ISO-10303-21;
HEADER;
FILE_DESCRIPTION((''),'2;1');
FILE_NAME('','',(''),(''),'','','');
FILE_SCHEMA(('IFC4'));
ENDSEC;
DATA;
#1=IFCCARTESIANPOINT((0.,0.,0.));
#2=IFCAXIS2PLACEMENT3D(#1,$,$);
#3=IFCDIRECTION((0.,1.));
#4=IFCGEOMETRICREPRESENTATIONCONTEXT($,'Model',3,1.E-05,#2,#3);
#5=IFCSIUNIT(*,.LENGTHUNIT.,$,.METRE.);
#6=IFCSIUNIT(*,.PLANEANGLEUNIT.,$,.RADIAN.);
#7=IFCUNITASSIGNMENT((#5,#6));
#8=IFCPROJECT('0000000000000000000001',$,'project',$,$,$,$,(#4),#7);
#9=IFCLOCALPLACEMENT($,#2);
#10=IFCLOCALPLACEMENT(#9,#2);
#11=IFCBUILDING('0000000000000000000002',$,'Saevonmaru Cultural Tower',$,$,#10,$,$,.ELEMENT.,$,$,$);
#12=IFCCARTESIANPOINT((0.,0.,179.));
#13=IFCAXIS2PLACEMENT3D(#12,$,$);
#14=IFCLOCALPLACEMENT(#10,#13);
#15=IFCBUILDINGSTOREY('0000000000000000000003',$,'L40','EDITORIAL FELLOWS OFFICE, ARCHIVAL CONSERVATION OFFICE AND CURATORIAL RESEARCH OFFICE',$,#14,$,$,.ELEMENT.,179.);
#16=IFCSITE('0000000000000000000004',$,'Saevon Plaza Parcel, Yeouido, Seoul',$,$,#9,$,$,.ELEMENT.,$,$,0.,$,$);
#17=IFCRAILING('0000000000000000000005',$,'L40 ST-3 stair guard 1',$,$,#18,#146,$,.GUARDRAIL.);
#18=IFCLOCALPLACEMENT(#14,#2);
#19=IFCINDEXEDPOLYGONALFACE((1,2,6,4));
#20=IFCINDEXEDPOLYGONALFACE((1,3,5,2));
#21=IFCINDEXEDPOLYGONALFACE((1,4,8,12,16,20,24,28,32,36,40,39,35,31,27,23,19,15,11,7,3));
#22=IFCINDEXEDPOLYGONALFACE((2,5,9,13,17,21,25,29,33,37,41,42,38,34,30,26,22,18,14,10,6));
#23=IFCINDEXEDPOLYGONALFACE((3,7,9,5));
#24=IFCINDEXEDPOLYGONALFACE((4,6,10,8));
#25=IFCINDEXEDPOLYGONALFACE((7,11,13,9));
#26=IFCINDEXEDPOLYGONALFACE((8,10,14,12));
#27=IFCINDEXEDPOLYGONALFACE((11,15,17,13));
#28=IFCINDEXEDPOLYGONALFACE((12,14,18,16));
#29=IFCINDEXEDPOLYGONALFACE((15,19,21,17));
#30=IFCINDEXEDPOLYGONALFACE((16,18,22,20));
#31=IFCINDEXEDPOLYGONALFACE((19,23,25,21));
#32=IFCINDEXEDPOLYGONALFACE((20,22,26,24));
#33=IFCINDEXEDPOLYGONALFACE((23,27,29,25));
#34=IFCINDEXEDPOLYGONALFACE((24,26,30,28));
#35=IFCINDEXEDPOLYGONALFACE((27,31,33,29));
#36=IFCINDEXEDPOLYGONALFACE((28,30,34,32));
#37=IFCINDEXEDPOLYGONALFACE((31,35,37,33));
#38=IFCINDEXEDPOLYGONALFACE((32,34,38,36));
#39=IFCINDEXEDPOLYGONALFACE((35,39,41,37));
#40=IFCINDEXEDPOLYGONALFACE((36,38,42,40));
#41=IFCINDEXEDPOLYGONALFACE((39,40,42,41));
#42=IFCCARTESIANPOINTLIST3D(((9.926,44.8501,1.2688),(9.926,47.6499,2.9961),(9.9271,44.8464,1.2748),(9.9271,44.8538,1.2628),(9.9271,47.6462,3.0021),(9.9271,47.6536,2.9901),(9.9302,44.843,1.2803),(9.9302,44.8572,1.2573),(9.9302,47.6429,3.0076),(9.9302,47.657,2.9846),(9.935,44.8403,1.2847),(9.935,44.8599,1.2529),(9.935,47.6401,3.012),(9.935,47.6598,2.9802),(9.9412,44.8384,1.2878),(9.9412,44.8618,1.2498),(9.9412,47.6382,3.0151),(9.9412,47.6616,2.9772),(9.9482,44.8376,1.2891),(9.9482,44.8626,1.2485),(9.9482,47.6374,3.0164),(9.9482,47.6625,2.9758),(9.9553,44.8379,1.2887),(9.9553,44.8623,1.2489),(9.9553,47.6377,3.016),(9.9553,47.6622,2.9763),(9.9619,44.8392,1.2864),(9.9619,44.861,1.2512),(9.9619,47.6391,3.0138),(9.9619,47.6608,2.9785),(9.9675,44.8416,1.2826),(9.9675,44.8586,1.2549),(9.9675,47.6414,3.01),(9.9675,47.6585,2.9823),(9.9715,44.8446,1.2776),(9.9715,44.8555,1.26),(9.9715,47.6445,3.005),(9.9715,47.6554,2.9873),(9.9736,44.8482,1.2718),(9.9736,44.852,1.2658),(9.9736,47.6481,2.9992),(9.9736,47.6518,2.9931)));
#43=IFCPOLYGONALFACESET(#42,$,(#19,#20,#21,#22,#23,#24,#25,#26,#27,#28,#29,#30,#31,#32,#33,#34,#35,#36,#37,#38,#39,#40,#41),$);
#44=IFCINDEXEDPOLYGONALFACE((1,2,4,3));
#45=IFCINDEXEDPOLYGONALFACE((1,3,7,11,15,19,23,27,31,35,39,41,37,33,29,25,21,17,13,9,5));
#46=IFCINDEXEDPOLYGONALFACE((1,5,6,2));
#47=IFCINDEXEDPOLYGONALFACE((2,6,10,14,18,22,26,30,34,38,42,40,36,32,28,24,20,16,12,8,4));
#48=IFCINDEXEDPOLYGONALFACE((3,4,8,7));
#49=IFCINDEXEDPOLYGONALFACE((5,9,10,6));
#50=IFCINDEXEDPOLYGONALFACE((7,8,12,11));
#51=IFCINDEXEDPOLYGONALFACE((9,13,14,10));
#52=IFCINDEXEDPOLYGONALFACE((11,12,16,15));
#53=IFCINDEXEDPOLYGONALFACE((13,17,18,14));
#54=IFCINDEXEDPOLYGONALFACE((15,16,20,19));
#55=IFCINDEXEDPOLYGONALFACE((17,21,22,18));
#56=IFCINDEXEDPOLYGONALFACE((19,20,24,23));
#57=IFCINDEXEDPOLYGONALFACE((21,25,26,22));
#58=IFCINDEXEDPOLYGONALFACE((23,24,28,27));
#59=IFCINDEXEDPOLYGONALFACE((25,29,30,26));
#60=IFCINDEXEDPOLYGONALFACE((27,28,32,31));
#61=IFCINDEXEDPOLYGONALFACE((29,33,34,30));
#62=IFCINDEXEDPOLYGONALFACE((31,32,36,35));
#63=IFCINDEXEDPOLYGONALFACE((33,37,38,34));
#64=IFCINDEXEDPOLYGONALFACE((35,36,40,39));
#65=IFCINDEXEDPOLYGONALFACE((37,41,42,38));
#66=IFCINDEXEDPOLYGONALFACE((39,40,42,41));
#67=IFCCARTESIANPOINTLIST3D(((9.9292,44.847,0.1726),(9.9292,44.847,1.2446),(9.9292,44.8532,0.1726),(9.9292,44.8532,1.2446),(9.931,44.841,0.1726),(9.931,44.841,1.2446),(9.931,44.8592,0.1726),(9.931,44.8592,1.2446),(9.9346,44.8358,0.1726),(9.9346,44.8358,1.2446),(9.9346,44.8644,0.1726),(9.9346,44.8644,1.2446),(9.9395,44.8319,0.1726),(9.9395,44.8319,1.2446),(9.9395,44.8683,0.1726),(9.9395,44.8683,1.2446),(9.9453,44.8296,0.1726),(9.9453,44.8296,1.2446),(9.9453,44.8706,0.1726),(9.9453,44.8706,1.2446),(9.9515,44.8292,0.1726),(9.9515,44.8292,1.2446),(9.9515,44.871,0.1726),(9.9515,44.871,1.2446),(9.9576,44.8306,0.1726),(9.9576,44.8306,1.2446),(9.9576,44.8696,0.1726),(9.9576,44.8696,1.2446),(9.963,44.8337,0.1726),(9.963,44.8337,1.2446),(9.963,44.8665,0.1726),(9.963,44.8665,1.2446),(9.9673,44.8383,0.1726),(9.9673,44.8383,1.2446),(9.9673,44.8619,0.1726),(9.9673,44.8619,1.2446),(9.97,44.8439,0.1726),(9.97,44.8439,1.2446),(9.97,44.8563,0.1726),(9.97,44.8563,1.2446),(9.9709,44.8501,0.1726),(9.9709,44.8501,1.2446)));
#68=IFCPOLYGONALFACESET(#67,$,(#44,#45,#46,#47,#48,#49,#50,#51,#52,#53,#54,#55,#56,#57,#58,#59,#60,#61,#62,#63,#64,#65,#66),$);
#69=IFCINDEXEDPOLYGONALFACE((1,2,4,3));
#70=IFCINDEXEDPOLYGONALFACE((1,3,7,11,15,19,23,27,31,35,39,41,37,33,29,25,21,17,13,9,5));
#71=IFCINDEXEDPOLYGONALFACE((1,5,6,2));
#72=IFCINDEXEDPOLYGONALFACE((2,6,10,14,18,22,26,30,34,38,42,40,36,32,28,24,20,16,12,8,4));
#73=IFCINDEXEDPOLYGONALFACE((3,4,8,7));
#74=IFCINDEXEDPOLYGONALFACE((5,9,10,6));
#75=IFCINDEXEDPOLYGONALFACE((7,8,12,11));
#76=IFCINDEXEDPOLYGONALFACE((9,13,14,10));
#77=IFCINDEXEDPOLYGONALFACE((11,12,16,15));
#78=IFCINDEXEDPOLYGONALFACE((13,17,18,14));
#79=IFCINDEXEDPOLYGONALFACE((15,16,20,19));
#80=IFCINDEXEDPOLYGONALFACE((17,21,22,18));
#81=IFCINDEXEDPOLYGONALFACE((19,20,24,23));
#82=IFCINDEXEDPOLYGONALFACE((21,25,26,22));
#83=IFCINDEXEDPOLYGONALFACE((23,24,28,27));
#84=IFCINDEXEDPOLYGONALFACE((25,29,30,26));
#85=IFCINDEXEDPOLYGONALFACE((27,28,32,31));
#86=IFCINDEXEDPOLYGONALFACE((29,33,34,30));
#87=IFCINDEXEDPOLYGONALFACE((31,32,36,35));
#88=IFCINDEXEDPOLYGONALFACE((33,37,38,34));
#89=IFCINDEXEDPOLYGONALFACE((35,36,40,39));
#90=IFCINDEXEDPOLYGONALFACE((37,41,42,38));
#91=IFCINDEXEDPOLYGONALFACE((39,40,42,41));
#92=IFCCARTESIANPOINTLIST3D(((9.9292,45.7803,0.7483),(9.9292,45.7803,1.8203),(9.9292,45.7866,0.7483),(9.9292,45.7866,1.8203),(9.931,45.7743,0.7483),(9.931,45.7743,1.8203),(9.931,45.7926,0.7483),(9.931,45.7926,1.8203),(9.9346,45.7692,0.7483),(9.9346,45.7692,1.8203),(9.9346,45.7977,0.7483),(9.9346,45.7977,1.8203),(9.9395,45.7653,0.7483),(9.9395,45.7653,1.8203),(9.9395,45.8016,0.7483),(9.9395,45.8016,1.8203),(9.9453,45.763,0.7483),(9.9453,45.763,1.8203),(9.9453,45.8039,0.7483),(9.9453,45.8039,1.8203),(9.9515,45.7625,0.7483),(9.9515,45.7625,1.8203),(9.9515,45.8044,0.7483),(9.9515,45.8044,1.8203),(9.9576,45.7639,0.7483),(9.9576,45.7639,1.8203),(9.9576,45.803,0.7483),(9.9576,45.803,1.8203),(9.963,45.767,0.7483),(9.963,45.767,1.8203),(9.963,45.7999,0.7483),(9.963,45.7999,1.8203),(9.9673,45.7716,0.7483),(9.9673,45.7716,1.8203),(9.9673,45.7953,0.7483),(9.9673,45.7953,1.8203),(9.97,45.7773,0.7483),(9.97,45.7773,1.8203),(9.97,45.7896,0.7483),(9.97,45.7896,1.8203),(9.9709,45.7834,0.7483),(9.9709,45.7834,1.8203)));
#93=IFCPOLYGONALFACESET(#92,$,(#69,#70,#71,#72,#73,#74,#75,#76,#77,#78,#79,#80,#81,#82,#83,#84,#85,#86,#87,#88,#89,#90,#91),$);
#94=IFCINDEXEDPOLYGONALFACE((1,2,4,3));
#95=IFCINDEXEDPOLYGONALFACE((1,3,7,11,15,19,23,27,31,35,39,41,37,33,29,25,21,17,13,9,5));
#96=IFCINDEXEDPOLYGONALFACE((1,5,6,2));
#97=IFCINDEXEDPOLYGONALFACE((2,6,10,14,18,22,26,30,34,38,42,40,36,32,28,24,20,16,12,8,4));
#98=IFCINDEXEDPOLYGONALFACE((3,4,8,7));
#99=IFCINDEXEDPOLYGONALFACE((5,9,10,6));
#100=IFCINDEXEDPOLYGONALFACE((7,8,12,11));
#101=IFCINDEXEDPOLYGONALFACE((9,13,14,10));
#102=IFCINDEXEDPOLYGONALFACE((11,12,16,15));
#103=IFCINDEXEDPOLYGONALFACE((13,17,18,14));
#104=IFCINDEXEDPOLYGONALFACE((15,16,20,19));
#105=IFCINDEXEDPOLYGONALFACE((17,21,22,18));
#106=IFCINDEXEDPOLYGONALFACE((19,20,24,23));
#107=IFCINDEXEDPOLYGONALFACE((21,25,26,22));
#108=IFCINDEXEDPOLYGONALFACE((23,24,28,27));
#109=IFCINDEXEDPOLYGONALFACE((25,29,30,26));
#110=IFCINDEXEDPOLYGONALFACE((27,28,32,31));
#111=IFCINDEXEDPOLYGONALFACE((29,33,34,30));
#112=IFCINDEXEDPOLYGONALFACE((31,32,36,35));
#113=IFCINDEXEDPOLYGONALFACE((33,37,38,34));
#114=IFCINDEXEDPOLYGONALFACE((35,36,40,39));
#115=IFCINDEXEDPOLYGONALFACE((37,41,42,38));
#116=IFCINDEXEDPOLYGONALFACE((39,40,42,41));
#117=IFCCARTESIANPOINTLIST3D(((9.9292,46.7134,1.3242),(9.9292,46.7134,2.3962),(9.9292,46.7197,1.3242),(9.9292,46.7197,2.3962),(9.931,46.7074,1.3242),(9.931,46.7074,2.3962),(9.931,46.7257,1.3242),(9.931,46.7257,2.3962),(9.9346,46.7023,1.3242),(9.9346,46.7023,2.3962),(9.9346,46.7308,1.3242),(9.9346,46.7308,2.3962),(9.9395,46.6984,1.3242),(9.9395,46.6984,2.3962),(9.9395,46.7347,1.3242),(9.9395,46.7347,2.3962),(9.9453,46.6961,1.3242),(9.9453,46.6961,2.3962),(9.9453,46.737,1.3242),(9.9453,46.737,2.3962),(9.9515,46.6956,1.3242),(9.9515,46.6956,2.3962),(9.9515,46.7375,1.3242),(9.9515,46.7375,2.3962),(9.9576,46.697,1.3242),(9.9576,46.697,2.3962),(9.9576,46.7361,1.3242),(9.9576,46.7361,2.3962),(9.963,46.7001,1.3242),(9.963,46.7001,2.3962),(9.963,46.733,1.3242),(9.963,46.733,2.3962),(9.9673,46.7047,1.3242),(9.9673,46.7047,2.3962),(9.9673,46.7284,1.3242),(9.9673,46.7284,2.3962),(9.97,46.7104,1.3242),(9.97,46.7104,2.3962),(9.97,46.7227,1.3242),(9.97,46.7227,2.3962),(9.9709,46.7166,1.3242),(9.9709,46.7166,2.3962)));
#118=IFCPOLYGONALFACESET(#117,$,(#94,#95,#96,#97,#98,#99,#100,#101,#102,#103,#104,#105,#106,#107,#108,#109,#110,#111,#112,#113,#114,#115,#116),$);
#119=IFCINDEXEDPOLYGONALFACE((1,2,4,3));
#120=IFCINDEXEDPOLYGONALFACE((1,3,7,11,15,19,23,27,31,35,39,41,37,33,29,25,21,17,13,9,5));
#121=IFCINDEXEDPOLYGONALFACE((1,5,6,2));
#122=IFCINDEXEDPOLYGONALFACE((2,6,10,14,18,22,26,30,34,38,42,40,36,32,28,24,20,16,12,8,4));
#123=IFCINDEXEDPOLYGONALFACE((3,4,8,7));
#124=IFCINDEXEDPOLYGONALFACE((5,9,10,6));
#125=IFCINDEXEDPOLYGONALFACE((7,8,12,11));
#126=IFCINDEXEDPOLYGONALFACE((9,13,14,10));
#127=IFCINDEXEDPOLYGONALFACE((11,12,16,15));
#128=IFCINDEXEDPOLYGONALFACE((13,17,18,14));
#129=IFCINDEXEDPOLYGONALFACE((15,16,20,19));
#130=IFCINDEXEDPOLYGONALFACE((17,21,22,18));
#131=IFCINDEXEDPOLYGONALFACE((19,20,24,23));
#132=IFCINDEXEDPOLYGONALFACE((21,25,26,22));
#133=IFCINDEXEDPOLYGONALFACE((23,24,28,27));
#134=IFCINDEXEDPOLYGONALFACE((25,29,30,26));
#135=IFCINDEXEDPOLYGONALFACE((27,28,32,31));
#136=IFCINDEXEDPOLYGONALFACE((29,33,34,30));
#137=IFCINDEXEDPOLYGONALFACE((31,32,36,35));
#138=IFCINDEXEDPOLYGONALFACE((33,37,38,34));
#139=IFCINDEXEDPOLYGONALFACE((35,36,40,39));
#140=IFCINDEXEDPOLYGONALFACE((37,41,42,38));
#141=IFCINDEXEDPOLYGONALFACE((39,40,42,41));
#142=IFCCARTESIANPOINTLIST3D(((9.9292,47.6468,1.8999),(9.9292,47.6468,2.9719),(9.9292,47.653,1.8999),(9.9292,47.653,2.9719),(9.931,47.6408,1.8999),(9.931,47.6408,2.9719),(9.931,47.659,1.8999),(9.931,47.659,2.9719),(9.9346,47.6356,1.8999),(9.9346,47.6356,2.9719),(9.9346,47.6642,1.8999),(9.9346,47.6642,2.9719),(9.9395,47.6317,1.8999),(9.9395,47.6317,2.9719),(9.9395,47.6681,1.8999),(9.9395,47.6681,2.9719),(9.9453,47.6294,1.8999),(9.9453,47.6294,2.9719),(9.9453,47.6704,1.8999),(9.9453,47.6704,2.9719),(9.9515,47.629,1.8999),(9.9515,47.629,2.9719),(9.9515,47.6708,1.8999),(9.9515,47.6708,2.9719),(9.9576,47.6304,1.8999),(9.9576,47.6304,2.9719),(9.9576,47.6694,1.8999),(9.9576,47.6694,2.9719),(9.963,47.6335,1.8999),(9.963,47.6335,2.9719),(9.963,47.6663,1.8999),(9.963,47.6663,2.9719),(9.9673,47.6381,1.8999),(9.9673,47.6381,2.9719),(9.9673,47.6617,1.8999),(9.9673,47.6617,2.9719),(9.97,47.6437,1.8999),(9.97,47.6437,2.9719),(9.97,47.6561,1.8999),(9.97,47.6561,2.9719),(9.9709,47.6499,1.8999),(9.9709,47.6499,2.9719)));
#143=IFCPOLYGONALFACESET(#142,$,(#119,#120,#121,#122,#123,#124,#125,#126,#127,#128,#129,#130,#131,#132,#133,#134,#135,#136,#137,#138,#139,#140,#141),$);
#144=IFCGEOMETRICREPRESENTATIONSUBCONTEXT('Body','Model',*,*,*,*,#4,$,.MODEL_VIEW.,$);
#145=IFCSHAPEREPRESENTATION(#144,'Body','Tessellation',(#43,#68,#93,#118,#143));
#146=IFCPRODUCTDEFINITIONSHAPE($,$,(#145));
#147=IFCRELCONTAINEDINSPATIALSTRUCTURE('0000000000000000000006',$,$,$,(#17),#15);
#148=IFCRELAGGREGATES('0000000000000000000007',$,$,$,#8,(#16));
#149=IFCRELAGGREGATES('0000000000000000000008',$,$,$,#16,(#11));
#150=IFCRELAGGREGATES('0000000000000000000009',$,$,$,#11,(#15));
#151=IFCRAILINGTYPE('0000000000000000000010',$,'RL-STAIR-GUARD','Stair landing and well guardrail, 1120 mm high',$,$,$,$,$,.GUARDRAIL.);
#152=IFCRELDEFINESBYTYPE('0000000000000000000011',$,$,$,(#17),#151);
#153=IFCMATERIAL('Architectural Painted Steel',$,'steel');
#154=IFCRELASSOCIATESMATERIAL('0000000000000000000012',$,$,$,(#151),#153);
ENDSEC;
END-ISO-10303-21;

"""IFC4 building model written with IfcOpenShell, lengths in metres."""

from ifc_helpers import new_model, si_unit, direction, frame, origin, origin_2d, place, context, subcontext, project, spatial, circle, extrude, material, type_object, element, save


model = new_model("IFC4")

# Units and contexts
model_context = context("Model", 3, precision=1e-05, world=origin(), true_north=direction((0.0, 1.0)))
body_context = subcontext(model_context, "Body", "Model", "MODEL_VIEW")
ifc_project = project(units=[si_unit("LENGTHUNIT", "METRE"), si_unit("PLANEANGLEUNIT", "RADIAN")], contexts=[model_context])

# Site, building, storey
site_placement = place(None, origin())
site = spatial("IfcSite", under=ifc_project, at=site_placement, Name="Saevon Plaza Parcel, Yeouido, Seoul", CompositionType="ELEMENT", RefElevation=0.0)
building_placement = place(site_placement, origin())
building = spatial("IfcBuilding", under=site, at=building_placement, Name="Saevonmaru Cultural Tower", CompositionType="ELEMENT")
storey_placement = place(building_placement, frame((0.0, 0.0, 179.0)))
storey = spatial("IfcBuildingStorey", under=building, at=storey_placement, Name="L40", Description="EDITORIAL FELLOWS OFFICE, ARCHIVAL CONSERVATION OFFICE AND CURATORIAL RESEARCH OFFICE", CompositionType="ELEMENT", Elevation=179.0)

# Railing
ifc_material_1 = material(Name="Architectural Painted Steel", Category="steel")
railing_type_1 = type_object("IfcRailingType", Name="RL-STAIR-GUARD", Description="Stair landing and well guardrail, 1120 mm high", PredefinedType="GUARDRAIL", material=ifc_material_1)
railing_1_placement = place(storey_placement, frame((9.95, 44.8501, 0.1726)))
element("IfcRailing", 1, at=railing_1_placement, inside=storey, type_object=railing_type_1, Name="L40 ST-3 stair guard 1", PredefinedType="GUARDRAIL", context=body_context, shape_type="SweptSolid", body=[
    extrude(circle(Radius=0.0239, at=origin_2d()), frame((0.0, 0.0, 1.0962), z_axis=(0.0, 0.851069, 0.525054), x_axis=(-1.0, 0.0, 0.0)), (0.0, 0.0, 1.0), 3.2898),
    extrude(circle(Radius=0.021, at=origin_2d()), origin(), (0.0, 0.0, 1.0), 1.072),
    extrude(circle(Radius=0.021, at=origin_2d()), frame((0.0, 0.9333, 0.5757)), (0.0, 0.0, 1.0), 1.072),
    extrude(circle(Radius=0.021, at=origin_2d()), frame((0.0, 1.8665, 1.1516)), (0.0, 0.0, 1.0), 1.072),
    extrude(circle(Radius=0.021, at=origin_2d()), frame((0.0, 2.7998, 1.7273)), (0.0, 0.0, 1.0), 1.072),
])

save(model, "model.ifc")
